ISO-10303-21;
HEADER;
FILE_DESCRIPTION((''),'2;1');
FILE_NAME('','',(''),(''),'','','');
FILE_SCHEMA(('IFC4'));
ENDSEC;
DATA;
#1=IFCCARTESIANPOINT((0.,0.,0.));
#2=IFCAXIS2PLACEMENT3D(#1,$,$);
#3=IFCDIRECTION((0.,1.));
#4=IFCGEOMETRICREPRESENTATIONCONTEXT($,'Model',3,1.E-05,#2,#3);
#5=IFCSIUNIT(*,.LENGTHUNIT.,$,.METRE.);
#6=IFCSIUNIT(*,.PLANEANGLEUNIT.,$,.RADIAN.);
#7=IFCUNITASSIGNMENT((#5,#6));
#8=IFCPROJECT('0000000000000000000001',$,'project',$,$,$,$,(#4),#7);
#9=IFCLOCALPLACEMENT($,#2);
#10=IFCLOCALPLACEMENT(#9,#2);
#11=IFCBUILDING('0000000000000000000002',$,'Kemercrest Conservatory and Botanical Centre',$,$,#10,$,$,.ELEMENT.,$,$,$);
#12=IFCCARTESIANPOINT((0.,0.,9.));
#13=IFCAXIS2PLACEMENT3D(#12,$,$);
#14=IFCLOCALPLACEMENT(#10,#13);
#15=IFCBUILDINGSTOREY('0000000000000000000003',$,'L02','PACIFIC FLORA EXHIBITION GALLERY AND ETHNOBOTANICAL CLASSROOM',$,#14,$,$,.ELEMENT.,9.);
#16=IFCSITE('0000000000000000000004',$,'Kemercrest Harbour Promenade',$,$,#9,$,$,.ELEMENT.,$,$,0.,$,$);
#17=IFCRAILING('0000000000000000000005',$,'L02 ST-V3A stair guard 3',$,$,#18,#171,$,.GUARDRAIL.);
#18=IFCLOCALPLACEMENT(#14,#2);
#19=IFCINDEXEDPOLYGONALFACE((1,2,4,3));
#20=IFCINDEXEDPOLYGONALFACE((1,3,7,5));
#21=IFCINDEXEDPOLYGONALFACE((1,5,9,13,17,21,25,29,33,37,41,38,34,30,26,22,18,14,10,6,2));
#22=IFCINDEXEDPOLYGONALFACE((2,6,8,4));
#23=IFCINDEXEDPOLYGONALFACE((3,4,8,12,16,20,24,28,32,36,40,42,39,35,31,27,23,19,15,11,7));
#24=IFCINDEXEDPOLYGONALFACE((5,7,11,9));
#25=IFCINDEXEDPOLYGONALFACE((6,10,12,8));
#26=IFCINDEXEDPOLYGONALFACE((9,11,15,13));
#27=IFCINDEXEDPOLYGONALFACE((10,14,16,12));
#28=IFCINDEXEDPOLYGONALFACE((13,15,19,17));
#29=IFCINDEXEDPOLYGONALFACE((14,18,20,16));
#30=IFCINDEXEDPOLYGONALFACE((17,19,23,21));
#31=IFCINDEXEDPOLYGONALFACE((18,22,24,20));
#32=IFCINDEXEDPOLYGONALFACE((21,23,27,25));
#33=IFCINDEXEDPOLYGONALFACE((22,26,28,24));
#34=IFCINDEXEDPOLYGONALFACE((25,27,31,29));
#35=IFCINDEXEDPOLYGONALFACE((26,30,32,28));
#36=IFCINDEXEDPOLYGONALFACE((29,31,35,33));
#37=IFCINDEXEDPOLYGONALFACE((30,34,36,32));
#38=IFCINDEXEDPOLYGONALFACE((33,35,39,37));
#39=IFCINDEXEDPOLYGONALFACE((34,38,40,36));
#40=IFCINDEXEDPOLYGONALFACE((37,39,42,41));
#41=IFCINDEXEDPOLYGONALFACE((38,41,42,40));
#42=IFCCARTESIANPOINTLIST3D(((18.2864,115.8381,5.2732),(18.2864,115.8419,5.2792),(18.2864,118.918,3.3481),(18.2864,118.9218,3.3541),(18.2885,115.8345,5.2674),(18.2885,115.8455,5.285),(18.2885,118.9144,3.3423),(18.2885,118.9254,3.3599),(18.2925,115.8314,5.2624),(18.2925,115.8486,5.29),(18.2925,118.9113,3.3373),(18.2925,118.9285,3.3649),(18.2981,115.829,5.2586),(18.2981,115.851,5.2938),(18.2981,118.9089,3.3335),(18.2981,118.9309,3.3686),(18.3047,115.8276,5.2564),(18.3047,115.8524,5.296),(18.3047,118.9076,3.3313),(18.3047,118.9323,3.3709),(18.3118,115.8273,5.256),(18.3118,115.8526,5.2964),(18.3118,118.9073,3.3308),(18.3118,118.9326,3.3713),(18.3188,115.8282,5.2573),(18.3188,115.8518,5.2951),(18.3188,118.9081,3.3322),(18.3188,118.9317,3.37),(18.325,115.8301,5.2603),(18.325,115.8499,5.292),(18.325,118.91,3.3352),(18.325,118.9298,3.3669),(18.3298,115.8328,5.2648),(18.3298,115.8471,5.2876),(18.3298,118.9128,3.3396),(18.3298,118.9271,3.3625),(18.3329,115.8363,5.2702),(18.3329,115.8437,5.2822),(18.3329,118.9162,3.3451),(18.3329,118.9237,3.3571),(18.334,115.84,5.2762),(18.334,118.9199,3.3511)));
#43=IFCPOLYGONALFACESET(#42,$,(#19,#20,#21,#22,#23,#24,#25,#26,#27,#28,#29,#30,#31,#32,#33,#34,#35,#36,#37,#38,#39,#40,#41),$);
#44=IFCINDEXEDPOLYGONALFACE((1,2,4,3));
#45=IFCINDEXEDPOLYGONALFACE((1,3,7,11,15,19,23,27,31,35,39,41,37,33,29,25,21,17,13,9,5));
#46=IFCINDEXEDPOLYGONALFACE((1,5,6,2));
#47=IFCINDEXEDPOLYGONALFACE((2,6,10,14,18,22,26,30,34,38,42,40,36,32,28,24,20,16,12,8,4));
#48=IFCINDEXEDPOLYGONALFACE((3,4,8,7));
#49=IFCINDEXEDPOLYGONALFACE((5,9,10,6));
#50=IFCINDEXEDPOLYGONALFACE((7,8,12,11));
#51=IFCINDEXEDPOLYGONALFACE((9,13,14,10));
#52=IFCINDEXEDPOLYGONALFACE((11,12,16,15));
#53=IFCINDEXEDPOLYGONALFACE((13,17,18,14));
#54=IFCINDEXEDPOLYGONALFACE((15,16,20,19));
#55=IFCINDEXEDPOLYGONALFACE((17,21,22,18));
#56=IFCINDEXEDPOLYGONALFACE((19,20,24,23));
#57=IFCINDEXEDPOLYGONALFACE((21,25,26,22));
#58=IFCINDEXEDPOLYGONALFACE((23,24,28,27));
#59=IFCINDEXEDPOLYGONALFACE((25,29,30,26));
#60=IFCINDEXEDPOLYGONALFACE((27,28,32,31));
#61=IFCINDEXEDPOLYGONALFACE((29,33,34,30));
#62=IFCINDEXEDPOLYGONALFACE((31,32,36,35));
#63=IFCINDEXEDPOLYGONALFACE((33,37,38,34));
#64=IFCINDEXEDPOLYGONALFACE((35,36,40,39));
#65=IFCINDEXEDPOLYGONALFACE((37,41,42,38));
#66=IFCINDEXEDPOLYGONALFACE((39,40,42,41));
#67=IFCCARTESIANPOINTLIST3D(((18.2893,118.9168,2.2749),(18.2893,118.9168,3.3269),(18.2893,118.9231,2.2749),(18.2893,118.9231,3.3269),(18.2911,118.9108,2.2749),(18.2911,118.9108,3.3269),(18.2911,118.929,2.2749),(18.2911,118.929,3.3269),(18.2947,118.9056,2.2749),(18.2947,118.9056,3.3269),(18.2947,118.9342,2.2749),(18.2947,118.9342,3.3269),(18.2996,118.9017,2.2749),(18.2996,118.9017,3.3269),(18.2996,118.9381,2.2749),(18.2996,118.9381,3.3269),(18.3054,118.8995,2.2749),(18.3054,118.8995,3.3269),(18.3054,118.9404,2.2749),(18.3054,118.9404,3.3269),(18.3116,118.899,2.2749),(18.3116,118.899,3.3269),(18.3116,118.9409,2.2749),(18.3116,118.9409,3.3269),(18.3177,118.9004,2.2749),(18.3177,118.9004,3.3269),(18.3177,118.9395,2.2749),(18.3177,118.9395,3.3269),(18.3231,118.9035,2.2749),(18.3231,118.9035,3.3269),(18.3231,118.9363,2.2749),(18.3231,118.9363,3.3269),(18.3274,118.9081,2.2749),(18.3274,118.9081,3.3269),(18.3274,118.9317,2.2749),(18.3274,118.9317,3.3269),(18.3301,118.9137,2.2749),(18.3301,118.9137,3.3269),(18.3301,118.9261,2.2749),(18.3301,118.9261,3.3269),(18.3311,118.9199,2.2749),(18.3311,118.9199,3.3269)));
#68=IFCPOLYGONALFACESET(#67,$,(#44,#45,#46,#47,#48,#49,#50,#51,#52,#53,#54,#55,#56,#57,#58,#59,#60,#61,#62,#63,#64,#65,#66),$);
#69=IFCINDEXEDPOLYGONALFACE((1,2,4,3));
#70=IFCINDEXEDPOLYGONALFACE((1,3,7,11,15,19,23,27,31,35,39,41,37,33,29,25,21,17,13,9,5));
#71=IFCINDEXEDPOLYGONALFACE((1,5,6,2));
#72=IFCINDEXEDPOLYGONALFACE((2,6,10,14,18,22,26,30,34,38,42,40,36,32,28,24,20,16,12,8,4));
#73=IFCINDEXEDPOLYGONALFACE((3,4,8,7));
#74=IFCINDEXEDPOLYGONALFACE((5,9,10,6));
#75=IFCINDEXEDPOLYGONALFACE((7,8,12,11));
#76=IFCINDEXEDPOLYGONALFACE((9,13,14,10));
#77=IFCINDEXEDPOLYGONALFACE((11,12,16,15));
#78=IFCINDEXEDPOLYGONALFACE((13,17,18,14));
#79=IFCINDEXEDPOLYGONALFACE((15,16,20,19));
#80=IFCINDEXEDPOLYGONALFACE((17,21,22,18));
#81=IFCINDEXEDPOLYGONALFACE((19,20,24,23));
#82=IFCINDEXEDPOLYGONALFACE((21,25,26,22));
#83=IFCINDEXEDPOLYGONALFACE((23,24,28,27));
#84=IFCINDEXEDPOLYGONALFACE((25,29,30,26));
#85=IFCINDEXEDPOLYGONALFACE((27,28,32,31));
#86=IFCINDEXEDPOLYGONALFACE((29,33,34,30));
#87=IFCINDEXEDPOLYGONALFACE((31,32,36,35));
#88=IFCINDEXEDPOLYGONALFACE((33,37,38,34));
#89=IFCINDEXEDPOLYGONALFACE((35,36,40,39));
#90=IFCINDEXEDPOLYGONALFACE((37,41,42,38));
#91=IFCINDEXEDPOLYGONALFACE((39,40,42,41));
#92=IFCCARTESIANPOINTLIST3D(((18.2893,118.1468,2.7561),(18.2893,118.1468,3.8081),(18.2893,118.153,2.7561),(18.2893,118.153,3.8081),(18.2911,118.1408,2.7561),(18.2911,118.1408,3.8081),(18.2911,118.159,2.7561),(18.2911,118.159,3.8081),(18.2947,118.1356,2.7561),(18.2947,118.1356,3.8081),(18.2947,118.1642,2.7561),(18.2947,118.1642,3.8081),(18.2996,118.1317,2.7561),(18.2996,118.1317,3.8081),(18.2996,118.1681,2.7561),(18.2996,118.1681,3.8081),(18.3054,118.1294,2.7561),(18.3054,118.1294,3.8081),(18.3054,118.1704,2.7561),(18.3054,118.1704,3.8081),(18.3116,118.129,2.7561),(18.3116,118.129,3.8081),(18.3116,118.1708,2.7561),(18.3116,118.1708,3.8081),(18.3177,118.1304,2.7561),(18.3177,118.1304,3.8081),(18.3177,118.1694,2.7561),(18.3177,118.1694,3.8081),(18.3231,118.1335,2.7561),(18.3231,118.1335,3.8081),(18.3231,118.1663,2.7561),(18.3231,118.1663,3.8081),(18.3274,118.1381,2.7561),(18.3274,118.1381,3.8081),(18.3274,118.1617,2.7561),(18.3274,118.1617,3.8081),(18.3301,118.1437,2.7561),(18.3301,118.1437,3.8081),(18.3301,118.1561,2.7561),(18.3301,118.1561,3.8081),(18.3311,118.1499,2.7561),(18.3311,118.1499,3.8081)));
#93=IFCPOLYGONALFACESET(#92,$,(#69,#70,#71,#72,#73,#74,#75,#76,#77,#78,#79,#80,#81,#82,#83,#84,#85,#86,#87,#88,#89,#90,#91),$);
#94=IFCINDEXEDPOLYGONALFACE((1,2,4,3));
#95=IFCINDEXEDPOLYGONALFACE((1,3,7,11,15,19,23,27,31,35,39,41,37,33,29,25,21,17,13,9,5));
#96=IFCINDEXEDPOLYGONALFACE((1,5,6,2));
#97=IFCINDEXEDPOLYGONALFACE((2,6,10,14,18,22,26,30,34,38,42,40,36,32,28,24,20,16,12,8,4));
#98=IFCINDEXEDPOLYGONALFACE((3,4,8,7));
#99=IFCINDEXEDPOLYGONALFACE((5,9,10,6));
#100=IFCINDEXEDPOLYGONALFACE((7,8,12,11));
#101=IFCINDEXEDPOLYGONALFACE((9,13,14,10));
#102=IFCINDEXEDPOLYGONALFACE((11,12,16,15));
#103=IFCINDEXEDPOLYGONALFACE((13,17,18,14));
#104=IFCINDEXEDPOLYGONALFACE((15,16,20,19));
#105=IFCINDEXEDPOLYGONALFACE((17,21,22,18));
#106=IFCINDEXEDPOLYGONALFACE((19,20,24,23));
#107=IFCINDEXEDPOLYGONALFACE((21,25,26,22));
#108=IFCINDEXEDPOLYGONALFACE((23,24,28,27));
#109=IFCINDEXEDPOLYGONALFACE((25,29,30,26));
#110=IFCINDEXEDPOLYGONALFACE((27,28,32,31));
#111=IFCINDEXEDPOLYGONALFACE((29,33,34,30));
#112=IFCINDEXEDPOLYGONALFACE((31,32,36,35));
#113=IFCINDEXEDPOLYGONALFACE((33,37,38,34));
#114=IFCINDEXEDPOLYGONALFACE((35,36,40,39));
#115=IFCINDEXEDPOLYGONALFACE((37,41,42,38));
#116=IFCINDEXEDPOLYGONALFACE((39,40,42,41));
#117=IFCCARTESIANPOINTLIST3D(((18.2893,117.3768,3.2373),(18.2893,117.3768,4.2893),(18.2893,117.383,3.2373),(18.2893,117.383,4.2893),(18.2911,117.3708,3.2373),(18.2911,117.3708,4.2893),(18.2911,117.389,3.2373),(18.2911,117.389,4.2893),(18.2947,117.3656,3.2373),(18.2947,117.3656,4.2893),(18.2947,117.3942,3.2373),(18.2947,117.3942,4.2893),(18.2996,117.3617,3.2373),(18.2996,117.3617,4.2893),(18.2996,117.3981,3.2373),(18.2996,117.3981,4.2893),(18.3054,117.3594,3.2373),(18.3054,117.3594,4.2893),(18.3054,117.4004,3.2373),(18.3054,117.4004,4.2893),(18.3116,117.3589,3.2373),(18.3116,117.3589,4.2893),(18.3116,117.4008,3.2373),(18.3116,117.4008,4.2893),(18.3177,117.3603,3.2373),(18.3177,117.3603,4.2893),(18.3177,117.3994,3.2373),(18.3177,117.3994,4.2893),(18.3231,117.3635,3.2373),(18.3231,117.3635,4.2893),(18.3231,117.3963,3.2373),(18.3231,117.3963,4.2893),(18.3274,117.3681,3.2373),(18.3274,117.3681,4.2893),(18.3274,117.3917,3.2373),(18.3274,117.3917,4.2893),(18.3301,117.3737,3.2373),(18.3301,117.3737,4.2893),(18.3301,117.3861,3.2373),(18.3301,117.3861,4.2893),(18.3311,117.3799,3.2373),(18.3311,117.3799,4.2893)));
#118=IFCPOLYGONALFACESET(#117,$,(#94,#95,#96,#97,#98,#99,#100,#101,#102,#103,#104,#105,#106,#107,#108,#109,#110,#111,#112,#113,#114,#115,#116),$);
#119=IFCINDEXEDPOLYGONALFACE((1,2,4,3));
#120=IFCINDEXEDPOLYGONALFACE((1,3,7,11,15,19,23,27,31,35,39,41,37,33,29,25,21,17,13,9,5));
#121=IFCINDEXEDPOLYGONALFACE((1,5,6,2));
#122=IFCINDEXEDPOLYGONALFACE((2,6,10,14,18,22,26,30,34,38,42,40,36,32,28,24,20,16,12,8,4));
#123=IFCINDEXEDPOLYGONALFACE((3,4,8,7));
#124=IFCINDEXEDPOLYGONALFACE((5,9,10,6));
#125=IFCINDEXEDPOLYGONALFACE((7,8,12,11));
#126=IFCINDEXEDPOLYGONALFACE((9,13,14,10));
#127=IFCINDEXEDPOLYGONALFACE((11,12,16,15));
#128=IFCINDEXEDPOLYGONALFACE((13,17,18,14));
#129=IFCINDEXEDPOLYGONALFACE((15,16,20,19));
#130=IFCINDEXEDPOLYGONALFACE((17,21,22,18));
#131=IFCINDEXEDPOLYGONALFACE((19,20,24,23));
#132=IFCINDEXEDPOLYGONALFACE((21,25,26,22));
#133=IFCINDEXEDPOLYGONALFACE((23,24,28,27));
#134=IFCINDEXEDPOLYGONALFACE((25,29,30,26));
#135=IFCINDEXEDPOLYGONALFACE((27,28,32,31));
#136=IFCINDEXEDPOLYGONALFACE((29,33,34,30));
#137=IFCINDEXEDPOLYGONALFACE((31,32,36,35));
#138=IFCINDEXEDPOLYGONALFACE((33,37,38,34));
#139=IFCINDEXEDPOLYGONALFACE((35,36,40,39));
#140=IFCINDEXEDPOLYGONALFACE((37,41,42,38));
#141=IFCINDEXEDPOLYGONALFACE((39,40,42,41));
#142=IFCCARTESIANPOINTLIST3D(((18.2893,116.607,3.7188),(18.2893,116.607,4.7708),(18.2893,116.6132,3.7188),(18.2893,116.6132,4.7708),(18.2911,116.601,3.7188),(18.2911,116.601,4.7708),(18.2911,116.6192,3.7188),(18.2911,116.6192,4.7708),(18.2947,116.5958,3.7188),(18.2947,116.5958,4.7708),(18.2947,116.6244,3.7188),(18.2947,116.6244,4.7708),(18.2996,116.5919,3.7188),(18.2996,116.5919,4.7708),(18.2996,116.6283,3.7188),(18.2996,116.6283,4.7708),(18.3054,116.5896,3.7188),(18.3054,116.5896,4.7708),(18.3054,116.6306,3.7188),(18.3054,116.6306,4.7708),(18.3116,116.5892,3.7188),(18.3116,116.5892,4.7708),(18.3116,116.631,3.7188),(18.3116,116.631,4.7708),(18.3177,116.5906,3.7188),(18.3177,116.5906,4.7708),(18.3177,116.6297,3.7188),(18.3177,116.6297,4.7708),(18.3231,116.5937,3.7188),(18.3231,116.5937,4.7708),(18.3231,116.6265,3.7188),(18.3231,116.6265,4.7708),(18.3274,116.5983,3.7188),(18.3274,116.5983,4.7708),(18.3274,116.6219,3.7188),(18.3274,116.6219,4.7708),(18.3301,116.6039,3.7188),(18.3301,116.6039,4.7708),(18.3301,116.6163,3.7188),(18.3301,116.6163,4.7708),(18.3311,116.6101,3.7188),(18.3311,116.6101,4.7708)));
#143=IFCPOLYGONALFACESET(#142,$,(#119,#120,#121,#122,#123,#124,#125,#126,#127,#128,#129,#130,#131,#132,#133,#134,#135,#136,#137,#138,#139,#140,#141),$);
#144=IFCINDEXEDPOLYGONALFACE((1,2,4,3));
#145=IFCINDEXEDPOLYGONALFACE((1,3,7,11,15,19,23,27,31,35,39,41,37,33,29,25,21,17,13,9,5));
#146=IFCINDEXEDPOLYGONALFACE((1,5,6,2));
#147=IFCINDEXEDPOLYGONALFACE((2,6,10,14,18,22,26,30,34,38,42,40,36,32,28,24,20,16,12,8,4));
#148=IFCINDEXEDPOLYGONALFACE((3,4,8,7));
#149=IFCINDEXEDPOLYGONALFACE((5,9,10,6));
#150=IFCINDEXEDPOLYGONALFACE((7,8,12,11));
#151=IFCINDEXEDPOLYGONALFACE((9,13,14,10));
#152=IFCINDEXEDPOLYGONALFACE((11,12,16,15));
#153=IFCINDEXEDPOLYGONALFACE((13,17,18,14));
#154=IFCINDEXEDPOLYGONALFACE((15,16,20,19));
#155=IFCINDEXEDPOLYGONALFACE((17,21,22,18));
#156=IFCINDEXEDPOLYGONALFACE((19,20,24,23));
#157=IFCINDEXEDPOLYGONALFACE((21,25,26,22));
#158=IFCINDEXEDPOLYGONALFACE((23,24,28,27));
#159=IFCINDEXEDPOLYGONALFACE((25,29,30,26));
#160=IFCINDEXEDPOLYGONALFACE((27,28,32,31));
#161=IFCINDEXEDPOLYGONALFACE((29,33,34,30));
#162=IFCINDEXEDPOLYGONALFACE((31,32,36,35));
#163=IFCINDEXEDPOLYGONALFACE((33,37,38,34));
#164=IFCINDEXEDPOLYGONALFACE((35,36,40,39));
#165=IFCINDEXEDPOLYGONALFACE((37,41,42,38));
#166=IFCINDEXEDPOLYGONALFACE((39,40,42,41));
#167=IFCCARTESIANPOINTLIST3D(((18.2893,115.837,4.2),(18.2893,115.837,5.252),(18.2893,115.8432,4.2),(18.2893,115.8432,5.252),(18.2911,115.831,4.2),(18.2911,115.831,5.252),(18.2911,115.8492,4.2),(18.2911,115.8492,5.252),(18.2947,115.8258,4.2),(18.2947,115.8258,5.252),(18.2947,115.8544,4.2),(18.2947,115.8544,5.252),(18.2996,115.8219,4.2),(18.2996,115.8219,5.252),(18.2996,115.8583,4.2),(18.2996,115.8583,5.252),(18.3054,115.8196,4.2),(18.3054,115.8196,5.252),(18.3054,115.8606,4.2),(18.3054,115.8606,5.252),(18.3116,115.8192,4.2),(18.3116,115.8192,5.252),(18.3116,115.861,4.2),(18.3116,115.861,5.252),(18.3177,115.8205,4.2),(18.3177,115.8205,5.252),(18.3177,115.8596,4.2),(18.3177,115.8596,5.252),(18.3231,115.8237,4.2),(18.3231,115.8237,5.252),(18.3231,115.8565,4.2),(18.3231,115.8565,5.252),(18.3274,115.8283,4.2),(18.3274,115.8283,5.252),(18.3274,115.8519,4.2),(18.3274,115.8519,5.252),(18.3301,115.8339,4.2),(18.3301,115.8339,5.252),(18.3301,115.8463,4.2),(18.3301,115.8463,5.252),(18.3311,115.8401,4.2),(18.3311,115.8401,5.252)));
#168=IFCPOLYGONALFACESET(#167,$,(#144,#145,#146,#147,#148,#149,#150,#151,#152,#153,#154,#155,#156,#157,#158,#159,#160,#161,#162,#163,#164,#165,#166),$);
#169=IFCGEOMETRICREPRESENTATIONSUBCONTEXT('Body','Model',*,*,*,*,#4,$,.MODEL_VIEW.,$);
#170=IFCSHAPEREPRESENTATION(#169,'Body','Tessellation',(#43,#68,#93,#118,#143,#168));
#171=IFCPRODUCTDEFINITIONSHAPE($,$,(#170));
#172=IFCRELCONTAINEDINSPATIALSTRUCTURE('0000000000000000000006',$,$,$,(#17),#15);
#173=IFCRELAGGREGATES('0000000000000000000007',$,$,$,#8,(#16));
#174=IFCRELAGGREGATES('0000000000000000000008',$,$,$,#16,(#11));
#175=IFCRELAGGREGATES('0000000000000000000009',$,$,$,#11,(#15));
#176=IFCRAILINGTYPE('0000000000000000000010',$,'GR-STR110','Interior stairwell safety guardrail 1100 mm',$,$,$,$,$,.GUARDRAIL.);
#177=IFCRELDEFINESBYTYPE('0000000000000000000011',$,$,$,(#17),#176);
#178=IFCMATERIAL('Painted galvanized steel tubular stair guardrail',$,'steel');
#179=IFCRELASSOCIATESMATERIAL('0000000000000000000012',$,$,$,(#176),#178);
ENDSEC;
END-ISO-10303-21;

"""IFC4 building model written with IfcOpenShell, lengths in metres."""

from ifc_helpers import new_model, si_unit, direction, frame, origin, origin_2d, place, context, subcontext, project, spatial, circle, extrude, material, type_object, element, save


model = new_model("IFC4")

# Units and contexts
model_context = context("Model", 3, precision=1e-05, world=origin(), true_north=direction((0.0, 1.0)))
body_context = subcontext(model_context, "Body", "Model", "MODEL_VIEW")
ifc_project = project(units=[si_unit("LENGTHUNIT", "METRE"), si_unit("PLANEANGLEUNIT", "RADIAN")], contexts=[model_context])

# Site, building, storey
site_placement = place(None, origin())
site = spatial("IfcSite", under=ifc_project, at=site_placement, Name="Kemercrest Harbour Promenade", CompositionType="ELEMENT", RefElevation=0.0)
building_placement = place(site_placement, origin())
building = spatial("IfcBuilding", under=site, at=building_placement, Name="Kemercrest Conservatory and Botanical Centre", CompositionType="ELEMENT")
storey_placement = place(building_placement, frame((0.0, 0.0, 9.0)))
storey = spatial("IfcBuildingStorey", under=building, at=storey_placement, Name="L02", Description="PACIFIC FLORA EXHIBITION GALLERY AND ETHNOBOTANICAL CLASSROOM", CompositionType="ELEMENT", Elevation=9.0)

# Railing
ifc_material_1 = material(Name="Painted galvanized steel tubular stair guardrail", Category="steel")
railing_type_1 = type_object("IfcRailingType", Name="GR-STR110", Description="Interior stairwell safety guardrail 1100 mm", PredefinedType="GUARDRAIL", material=ifc_material_1)
railing_1_placement = place(storey_placement, frame((18.3101, 118.9199, 2.2749)))
element("IfcRailing", 1, at=railing_1_placement, inside=storey, type_object=railing_type_1, Name="L02 ST-V3A stair guard 3", PredefinedType="GUARDRAIL", context=body_context, shape_type="SweptSolid", body=[
    extrude(circle(Radius=0.0239, at=origin_2d()), frame((0.0, 0.0, 1.0762), z_axis=(0.0, -0.847979, 0.530029), x_axis=(1.0, 0.0, 0.0)), (0.0, 0.0, 1.0), 3.6321),
    extrude(circle(Radius=0.021, at=origin_2d()), origin(), (0.0, 0.0, 1.0), 1.052),
    extrude(circle(Radius=0.021, at=origin_2d()), frame((0.0, -0.77, 0.4812)), (0.0, 0.0, 1.0), 1.052),
    extrude(circle(Radius=0.021, at=origin_2d()), frame((0.0, -1.54, 0.9624)), (0.0, 0.0, 1.0), 1.052),
    extrude(circle(Radius=0.021, at=origin_2d()), frame((0.0, -2.3098, 1.4438)), (0.0, 0.0, 1.0), 1.052),
    extrude(circle(Radius=0.021, at=origin_2d()), frame((0.0, -3.0798, 1.925)), (0.0, 0.0, 1.0), 1.052),
])

save(model, "model.ifc")
